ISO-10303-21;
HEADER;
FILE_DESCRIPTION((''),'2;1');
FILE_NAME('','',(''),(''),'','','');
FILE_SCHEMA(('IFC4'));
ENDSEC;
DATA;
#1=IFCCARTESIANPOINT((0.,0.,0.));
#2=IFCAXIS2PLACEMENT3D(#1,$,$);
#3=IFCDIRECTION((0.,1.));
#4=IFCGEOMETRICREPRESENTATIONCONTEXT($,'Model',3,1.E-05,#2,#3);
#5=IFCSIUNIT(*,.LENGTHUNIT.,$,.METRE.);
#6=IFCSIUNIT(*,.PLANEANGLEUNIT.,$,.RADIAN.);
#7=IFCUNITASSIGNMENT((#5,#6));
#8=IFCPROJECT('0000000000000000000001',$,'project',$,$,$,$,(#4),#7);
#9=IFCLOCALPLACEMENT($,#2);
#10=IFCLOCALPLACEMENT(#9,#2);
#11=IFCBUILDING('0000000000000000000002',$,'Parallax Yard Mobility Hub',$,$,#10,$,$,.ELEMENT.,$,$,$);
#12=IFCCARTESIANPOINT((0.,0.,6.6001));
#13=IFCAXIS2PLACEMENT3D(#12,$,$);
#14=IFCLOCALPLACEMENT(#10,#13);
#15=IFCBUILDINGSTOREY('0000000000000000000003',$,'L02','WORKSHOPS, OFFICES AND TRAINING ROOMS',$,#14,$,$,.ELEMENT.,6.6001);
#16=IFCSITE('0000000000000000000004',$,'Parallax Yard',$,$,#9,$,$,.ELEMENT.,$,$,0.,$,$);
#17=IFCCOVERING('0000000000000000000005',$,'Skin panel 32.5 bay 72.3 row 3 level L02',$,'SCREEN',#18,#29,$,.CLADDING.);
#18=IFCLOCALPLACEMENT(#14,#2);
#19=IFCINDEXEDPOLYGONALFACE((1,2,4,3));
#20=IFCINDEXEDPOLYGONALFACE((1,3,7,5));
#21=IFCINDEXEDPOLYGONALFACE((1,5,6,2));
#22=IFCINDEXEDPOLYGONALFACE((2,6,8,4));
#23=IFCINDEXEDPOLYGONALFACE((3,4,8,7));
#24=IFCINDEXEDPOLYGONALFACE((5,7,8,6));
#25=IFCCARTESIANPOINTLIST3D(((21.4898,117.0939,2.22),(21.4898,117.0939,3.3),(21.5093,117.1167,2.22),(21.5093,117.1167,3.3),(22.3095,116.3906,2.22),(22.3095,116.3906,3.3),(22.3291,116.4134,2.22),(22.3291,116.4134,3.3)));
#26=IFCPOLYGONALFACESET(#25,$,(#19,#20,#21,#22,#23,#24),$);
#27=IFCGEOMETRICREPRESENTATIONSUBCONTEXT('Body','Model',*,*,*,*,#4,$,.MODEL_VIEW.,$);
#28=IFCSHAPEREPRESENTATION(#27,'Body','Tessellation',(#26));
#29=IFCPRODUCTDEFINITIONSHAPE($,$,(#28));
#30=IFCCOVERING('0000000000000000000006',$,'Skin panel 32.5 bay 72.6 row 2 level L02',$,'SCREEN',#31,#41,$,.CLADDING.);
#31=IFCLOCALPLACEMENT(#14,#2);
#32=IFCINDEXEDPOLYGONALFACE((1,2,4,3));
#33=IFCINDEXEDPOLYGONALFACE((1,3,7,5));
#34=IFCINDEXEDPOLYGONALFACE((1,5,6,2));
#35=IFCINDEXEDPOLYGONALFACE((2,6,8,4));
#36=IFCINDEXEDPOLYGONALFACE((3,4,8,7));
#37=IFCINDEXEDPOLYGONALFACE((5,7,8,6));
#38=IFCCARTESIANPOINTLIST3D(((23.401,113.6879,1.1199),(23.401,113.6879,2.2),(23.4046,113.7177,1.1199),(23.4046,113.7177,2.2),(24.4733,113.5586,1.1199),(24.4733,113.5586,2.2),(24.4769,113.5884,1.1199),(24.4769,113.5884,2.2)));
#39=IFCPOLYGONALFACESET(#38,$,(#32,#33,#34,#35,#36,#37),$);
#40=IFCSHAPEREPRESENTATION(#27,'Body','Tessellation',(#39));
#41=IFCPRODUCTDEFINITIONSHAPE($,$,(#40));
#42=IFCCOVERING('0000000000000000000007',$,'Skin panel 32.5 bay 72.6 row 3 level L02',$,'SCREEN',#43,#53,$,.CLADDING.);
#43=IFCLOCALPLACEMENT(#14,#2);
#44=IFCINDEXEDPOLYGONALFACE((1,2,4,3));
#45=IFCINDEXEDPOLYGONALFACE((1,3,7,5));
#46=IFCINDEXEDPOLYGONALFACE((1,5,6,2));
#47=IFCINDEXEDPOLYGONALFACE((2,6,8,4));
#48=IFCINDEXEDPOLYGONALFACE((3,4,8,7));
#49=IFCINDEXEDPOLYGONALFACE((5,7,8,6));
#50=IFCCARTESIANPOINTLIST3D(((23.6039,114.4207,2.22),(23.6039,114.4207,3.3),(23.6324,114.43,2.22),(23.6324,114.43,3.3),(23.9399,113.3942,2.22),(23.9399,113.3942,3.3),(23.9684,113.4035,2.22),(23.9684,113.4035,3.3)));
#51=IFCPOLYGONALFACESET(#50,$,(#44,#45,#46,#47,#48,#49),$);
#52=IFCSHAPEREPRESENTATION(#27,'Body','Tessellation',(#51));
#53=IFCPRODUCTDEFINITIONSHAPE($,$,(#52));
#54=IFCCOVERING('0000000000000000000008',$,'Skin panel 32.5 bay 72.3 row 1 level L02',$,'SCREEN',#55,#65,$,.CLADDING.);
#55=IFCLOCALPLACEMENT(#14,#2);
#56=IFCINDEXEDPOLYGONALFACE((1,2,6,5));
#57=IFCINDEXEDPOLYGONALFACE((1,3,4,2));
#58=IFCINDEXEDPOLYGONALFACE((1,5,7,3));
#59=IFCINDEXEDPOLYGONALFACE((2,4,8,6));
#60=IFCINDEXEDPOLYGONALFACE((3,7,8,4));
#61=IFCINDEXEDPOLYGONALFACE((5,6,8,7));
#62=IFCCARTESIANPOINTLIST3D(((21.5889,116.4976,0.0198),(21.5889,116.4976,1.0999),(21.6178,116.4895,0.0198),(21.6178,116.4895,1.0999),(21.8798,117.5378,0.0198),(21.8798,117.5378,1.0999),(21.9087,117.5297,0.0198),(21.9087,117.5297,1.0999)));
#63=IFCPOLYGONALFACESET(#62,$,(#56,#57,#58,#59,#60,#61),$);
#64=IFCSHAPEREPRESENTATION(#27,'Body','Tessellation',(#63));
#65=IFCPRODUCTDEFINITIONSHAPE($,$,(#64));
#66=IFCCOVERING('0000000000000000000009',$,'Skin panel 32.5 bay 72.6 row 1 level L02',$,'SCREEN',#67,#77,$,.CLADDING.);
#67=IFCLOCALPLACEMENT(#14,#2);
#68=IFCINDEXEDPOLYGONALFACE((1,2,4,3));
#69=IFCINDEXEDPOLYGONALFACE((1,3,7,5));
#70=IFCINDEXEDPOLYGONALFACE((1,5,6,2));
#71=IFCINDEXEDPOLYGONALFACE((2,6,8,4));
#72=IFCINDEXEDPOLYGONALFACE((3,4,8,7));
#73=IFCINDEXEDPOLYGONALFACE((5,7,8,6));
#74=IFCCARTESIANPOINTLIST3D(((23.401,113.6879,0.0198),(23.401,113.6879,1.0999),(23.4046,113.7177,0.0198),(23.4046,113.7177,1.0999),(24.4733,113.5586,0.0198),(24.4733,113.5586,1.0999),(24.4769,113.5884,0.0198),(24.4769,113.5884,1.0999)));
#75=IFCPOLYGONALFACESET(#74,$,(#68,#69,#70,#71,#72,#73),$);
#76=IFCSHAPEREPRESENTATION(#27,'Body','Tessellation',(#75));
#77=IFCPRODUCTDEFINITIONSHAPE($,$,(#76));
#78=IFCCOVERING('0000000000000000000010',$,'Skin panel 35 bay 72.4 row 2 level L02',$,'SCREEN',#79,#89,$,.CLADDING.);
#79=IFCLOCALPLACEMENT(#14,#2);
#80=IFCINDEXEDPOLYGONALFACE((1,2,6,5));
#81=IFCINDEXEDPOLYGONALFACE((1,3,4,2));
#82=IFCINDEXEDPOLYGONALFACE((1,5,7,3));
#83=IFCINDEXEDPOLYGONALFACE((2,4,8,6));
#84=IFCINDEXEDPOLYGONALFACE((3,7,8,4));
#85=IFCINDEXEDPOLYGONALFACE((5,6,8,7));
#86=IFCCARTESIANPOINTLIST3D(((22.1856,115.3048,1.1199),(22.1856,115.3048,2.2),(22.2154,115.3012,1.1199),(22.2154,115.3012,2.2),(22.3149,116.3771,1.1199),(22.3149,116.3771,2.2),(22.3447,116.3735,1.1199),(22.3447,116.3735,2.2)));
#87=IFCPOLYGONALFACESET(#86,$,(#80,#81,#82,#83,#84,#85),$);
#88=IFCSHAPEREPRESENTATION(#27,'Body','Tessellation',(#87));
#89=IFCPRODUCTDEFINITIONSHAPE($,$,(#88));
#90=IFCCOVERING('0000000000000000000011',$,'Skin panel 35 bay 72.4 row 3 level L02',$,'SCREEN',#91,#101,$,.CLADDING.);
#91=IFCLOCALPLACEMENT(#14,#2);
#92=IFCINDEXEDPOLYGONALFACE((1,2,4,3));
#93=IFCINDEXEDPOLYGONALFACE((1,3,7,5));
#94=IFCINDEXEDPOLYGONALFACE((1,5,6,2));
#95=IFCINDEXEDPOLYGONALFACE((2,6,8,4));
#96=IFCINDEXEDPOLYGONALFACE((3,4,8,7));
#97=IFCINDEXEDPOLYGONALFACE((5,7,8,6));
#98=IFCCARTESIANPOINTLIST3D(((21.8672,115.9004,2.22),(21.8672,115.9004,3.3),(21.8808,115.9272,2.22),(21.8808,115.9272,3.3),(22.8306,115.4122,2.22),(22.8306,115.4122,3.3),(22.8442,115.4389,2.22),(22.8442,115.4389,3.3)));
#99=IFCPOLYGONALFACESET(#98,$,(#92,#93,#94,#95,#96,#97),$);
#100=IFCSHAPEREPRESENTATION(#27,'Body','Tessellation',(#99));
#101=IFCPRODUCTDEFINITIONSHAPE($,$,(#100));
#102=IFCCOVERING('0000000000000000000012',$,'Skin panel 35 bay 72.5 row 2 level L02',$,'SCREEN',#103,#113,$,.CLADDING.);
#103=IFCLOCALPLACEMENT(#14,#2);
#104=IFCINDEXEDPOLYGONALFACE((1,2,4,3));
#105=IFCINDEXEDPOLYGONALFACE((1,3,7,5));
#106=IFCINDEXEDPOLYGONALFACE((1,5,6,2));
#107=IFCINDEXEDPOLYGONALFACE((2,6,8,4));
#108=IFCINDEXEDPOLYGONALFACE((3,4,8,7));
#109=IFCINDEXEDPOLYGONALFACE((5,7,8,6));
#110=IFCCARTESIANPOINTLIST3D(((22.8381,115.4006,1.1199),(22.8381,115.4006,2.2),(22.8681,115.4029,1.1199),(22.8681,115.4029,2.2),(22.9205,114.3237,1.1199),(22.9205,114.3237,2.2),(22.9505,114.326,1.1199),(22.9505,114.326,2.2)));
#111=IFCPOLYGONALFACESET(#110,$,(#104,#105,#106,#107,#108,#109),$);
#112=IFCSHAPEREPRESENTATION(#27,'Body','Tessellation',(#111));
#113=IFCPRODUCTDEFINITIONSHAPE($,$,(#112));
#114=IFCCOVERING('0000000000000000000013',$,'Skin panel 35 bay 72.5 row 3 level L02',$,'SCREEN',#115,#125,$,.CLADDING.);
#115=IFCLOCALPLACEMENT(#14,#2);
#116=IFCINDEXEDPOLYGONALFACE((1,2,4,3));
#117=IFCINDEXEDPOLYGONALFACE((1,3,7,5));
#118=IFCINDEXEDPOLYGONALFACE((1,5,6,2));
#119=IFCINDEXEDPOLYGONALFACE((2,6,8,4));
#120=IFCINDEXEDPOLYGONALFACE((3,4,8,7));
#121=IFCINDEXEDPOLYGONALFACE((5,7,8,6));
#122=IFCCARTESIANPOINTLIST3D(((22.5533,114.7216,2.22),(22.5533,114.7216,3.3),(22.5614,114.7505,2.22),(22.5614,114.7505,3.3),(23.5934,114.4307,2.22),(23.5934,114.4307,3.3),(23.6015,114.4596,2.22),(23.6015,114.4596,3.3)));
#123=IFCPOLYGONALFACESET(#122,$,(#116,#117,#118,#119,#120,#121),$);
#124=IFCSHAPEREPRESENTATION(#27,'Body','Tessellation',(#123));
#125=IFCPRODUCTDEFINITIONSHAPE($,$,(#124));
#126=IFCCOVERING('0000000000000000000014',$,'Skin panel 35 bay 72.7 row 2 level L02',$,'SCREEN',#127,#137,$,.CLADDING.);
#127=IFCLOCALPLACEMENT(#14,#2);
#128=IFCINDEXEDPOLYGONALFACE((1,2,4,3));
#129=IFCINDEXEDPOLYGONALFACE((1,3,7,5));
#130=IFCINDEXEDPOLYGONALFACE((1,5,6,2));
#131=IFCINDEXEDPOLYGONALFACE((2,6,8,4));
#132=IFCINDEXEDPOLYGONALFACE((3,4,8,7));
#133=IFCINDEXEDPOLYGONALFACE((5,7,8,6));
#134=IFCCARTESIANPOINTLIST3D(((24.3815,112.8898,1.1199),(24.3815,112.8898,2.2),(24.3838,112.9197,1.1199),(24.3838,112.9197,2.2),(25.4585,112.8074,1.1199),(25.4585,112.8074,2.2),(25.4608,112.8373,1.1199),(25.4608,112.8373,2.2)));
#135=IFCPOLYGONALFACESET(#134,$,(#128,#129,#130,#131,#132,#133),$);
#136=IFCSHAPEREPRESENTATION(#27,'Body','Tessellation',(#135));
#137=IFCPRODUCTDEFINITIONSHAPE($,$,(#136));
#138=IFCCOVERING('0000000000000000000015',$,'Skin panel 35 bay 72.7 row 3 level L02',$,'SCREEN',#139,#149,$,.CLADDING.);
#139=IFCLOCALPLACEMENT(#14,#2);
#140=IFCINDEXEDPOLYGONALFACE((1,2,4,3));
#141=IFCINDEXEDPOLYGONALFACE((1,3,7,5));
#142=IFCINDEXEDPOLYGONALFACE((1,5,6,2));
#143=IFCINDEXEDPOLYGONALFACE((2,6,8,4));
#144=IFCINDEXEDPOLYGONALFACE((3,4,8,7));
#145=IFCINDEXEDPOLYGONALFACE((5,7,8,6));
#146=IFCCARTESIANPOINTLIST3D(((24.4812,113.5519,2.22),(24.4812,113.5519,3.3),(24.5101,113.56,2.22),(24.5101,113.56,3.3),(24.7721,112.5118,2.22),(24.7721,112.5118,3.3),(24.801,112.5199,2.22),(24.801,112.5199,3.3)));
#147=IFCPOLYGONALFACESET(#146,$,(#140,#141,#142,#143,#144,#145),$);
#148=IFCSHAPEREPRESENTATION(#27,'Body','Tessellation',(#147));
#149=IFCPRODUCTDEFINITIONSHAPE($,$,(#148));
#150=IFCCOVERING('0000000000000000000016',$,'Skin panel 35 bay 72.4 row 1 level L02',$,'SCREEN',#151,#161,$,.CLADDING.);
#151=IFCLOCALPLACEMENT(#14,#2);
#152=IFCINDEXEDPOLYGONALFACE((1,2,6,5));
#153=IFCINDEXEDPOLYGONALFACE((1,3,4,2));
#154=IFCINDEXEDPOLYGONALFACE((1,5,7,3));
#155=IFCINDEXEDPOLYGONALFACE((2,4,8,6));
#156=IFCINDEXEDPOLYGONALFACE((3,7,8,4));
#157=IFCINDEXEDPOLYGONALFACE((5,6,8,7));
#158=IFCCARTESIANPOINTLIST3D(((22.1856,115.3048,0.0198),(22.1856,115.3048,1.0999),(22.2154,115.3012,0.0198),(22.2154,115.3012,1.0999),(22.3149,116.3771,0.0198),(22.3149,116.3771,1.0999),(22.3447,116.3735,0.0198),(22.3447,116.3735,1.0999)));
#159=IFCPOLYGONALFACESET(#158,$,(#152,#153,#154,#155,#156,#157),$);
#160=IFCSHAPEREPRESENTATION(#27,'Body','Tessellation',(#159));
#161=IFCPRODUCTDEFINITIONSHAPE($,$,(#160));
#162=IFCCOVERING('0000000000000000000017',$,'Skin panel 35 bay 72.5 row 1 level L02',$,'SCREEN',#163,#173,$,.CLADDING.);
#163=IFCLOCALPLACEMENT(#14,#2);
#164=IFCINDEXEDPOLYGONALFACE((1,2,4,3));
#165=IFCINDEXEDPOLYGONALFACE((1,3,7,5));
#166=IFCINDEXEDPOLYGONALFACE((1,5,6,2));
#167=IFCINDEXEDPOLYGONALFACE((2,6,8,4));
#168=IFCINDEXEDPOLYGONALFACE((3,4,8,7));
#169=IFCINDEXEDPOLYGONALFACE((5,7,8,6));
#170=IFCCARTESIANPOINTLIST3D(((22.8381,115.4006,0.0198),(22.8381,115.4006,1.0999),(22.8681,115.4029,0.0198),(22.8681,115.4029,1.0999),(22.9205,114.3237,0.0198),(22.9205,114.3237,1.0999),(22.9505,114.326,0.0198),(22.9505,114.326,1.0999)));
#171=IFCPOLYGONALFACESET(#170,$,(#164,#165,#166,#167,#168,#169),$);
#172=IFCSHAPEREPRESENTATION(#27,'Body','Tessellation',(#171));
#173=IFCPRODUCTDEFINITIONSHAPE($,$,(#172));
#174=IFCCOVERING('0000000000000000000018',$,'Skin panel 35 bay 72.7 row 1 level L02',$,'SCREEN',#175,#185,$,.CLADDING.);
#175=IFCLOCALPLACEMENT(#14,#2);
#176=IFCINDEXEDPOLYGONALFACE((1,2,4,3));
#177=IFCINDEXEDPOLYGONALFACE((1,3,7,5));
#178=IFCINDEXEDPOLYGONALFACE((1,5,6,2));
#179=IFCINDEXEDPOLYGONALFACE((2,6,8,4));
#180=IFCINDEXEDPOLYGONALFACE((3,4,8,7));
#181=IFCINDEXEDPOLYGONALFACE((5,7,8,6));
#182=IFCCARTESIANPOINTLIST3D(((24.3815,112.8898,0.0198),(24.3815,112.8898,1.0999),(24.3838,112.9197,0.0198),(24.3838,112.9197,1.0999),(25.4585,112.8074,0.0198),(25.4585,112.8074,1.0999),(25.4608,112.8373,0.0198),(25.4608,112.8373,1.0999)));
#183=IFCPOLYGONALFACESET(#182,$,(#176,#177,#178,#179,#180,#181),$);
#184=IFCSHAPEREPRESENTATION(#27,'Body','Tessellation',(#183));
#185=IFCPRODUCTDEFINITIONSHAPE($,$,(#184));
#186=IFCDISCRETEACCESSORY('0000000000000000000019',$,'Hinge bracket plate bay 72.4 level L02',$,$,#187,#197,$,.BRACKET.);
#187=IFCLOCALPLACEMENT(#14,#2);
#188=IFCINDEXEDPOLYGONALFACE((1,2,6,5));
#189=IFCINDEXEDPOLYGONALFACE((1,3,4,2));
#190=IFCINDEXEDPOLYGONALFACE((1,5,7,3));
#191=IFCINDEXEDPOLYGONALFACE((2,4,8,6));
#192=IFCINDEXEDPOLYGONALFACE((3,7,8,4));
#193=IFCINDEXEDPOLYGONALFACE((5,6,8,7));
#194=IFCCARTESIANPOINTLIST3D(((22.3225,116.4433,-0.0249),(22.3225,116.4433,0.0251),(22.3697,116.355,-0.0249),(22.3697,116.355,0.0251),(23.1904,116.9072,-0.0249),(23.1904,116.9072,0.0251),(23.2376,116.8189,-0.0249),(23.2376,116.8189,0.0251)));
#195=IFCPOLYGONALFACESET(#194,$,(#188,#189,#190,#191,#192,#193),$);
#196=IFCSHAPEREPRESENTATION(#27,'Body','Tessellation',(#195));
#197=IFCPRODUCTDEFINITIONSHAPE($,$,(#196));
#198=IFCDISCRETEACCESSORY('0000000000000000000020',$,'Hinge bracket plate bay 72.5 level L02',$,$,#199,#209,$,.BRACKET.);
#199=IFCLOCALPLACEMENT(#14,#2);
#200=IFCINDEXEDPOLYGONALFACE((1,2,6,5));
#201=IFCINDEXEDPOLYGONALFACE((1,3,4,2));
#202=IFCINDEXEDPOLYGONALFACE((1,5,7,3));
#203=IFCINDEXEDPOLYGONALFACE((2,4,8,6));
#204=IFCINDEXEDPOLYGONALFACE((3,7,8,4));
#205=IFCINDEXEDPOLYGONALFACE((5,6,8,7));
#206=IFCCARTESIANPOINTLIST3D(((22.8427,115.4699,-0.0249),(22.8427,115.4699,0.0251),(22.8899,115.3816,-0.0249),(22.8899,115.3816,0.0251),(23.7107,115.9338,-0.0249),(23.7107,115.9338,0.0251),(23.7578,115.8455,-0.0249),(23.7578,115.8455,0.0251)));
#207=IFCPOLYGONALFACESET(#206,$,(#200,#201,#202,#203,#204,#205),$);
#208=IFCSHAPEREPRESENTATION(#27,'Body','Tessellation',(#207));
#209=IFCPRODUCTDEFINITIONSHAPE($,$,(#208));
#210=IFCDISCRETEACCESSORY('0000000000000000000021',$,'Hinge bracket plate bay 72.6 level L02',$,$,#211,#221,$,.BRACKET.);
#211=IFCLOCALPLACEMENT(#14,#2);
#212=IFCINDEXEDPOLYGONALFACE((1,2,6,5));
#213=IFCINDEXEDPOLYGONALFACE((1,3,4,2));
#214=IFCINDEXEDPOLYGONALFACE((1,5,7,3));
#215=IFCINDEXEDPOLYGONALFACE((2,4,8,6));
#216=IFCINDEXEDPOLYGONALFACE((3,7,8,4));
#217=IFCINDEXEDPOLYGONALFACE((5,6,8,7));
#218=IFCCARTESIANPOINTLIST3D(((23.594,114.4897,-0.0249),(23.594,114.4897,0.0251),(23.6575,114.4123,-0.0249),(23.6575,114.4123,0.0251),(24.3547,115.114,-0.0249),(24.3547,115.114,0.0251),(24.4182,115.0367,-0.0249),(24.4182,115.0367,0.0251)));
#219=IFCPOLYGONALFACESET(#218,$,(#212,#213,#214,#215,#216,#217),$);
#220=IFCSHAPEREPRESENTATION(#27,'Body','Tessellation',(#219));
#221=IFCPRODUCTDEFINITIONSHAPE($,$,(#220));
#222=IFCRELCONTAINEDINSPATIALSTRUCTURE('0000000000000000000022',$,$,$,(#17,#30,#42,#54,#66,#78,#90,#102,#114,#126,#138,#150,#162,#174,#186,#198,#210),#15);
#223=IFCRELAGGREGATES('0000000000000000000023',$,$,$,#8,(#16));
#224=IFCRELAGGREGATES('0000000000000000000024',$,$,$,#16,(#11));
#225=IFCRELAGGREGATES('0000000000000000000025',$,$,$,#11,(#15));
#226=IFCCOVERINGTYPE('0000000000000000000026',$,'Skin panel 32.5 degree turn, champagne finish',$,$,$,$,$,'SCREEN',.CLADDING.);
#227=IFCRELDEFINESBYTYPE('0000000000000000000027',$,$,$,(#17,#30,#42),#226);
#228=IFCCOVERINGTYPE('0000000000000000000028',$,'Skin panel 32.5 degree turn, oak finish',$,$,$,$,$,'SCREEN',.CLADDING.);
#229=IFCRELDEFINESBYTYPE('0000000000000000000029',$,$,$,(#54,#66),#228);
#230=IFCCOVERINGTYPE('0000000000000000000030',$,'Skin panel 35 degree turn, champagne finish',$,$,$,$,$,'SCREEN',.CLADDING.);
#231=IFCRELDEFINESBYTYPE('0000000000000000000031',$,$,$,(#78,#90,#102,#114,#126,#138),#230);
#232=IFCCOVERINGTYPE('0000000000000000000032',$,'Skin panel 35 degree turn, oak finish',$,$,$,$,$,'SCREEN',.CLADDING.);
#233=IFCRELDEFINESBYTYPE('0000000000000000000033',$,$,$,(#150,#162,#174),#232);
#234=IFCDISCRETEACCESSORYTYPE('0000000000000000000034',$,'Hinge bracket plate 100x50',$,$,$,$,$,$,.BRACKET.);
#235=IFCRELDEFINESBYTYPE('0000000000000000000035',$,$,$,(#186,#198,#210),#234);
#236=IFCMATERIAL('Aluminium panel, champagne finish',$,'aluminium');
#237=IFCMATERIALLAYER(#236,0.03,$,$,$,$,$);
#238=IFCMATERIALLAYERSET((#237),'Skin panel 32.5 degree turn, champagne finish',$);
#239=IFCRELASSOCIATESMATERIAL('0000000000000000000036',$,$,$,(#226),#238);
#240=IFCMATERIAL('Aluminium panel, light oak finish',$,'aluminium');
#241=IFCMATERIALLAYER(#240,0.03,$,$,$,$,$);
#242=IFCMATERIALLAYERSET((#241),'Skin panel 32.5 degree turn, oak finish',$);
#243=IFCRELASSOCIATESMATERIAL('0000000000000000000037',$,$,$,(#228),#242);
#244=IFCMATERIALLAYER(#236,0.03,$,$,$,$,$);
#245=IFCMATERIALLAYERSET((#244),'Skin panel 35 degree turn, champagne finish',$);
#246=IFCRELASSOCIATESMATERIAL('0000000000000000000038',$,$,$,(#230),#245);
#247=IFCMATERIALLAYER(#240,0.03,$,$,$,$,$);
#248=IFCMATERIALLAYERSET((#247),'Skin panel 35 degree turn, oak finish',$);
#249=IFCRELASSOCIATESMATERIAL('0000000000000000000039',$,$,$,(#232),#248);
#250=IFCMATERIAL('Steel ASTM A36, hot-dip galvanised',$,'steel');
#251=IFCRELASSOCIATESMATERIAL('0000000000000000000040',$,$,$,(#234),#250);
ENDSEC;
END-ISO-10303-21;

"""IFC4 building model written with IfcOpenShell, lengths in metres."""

from ifc_helpers import new_model, si_unit, direction, frame, origin, origin_2d, place, context, subcontext, project, spatial, rectangle, extrude, material, layer, layer_set, type_object, element, save


model = new_model("IFC4")

# Units and contexts
model_context = context("Model", 3, precision=1e-05, world=origin(), true_north=direction((0.0, 1.0)))
body_context = subcontext(model_context, "Body", "Model", "MODEL_VIEW")
ifc_project = project(units=[si_unit("LENGTHUNIT", "METRE"), si_unit("PLANEANGLEUNIT", "RADIAN")], contexts=[model_context])

# Site, building, storey
site_placement = place(None, origin())
site = spatial("IfcSite", under=ifc_project, at=site_placement, Name="Parallax Yard", CompositionType="ELEMENT", RefElevation=0.0)
building_placement = place(site_placement, origin())
building = spatial("IfcBuilding", under=site, at=building_placement, Name="Parallax Yard Mobility Hub", CompositionType="ELEMENT")
storey_placement = place(building_placement, frame((0.0, 0.0, 6.6001)))
storey = spatial("IfcBuildingStorey", under=building, at=storey_placement, Name="L02", Description="WORKSHOPS, OFFICES AND TRAINING ROOMS", CompositionType="ELEMENT", Elevation=6.6001)

# Coverings
ifc_material_1 = material(Name="Aluminium panel, champagne finish", Category="aluminium")
ifc_layer_1 = layer(ifc_material_1, 0.03)
ifc_layer_set_1 = layer_set([ifc_layer_1], Name="Skin panel 32.5 degree turn, champagne finish")
covering_type_1 = type_object("IfcCoveringType", Name="Skin panel 32.5 degree turn, champagne finish", ElementType="SCREEN", PredefinedType="CLADDING", material=ifc_layer_set_1)
for number, where, z_axis, x_axis, name in (
    (1, (21.9094, 116.7537, 2.22), (0.0, 0.0, 1.0), (-0.758987, 0.651105, 0.0), "Skin panel 32.5 bay 72.3 row 3 level L02"),
    (2, (23.939, 113.6382, 1.1199), (0.0, 0.0, 1.0), (-0.99281, 0.119704, 0.0), "Skin panel 32.5 bay 72.6 row 2 level L02"),
    (3, (23.7861, 113.9121, 2.22), (0.0, 0.0, 1.0), (0.311091, -0.95038, 0.0), "Skin panel 32.5 bay 72.6 row 3 level L02"),
):
    element("IfcCovering", number, at=place(storey_placement, frame(where, z_axis=z_axis, x_axis=x_axis)), inside=storey, type_object=covering_type_1, Name=name, ObjectType="SCREEN", PredefinedType="CLADDING", context=body_context, shape_type="SweptSolid", body=[
        extrude(rectangle(XDim=1.0801, YDim=0.03, at=origin_2d()), origin(), (0.0, 0.0, 1.0), 1.0801),
    ])
ifc_material_2 = material(Name="Aluminium panel, light oak finish", Category="aluminium")
ifc_layer_2 = layer(ifc_material_2, 0.03)
ifc_layer_set_2 = layer_set([ifc_layer_2], Name="Skin panel 32.5 degree turn, oak finish")
covering_type_2 = type_object("IfcCoveringType", Name="Skin panel 32.5 degree turn, oak finish", ElementType="SCREEN", PredefinedType="CLADDING", material=ifc_layer_set_2)
for number, where, z_axis, x_axis, name in (
    (4, (21.7488, 117.0137, 0.0198), (0.0, 0.0, 1.0), (-0.26934, -0.963045, 0.0), "Skin panel 32.5 bay 72.3 row 1 level L02"),
    (5, (23.939, 113.6382, 0.0198), (0.0, 0.0, 1.0), (-0.99281, 0.119704, 0.0), "Skin panel 32.5 bay 72.6 row 1 level L02"),
):
    element("IfcCovering", number, at=place(storey_placement, frame(where, z_axis=z_axis, x_axis=x_axis)), inside=storey, type_object=covering_type_2, Name=name, ObjectType="SCREEN", PredefinedType="CLADDING", context=body_context, shape_type="SweptSolid", body=[
        extrude(rectangle(XDim=1.0801, YDim=0.03, at=origin_2d()), origin(), (0.0, 0.0, 1.0), 1.0801),
    ])
ifc_layer_3 = layer(ifc_material_1, 0.03)
ifc_layer_set_3 = layer_set([ifc_layer_3], Name="Skin panel 35 degree turn, champagne finish")
covering_type_3 = type_object("IfcCoveringType", Name="Skin panel 35 degree turn, champagne finish", ElementType="SCREEN", PredefinedType="CLADDING", material=ifc_layer_set_3)
for number, where, z_axis, x_axis, name in (
    (6, (22.2651, 115.8391, 1.1199), (0.0, 0.0, 1.0), (-0.119704, -0.99281, 0.0), "Skin panel 35 bay 72.4 row 2 level L02"),
    (7, (22.3557, 115.6697, 2.22), (0.0, 0.0, 1.0), (-0.891995, 0.452046, 0.0), "Skin panel 35 bay 72.4 row 3 level L02"),
    (8, (22.8943, 114.8633, 1.1199), (0.0, 0.0, 1.0), (0.076284, -0.997086, 0.0), "Skin panel 35 bay 72.5 row 2 level L02"),
    (9, (23.0774, 114.5906, 2.22), (0.0, 0.0, 1.0), (-0.963045, 0.26934, 0.0), "Skin panel 35 bay 72.5 row 3 level L02"),
    (10, (24.9211, 112.8635, 1.1199), (0.0, 0.0, 1.0), (-0.997086, 0.076284, 0.0), "Skin panel 35 bay 72.7 row 2 level L02"),
    (11, (24.6411, 113.0359, 2.22), (0.0, 0.0, 1.0), (0.26934, -0.963045, 0.0), "Skin panel 35 bay 72.7 row 3 level L02"),
):
    element("IfcCovering", number, at=place(storey_placement, frame(where, z_axis=z_axis, x_axis=x_axis)), inside=storey, type_object=covering_type_3, Name=name, ObjectType="SCREEN", PredefinedType="CLADDING", context=body_context, shape_type="SweptSolid", body=[
        extrude(rectangle(XDim=1.0801, YDim=0.03, at=origin_2d()), origin(), (0.0, 0.0, 1.0), 1.0801),
    ])
ifc_layer_4 = layer(ifc_material_2, 0.03)
ifc_layer_set_4 = layer_set([ifc_layer_4], Name="Skin panel 35 degree turn, oak finish")
covering_type_4 = type_object("IfcCoveringType", Name="Skin panel 35 degree turn, oak finish", ElementType="SCREEN", PredefinedType="CLADDING", material=ifc_layer_set_4)
for number, where, z_axis, x_axis, name in (
    (12, (22.2651, 115.8391, 0.0198), (0.0, 0.0, 1.0), (-0.119704, -0.99281, 0.0), "Skin panel 35 bay 72.4 row 1 level L02"),
    (13, (22.8943, 114.8633, 0.0198), (0.0, 0.0, 1.0), (0.076284, -0.997086, 0.0), "Skin panel 35 bay 72.5 row 1 level L02"),
    (14, (24.9211, 112.8635, 0.0198), (0.0, 0.0, 1.0), (-0.997086, 0.076284, 0.0), "Skin panel 35 bay 72.7 row 1 level L02"),
):
    element("IfcCovering", number, at=place(storey_placement, frame(where, z_axis=z_axis, x_axis=x_axis)), inside=storey, type_object=covering_type_4, Name=name, ObjectType="SCREEN", PredefinedType="CLADDING", context=body_context, shape_type="SweptSolid", body=[
        extrude(rectangle(XDim=1.0801, YDim=0.03, at=origin_2d()), origin(), (0.0, 0.0, 1.0), 1.0801),
    ])

# Discrete accessories
ifc_material_3 = material(Name="Steel ASTM A36, hot-dip galvanised", Category="steel")
discrete_accessory_type_1 = type_object("IfcDiscreteAccessoryType", Name="Hinge bracket plate 100x50", PredefinedType="BRACKET", material=ifc_material_3)
for number, where, z_axis, x_axis, name in (
    (15, (22.78, 116.6311, -0.0249), (0.0, 0.0, 1.0), (-0.881921, -0.471397, 0.0), "Hinge bracket plate bay 72.4 level L02"),
    (16, (23.3003, 115.6577, -0.0249), (0.0, 0.0, 1.0), (-0.881921, -0.471397, 0.0), "Hinge bracket plate bay 72.5 level L02"),
    (17, (24.0061, 114.7632, -0.0249), (0.0, 0.0, 1.0), (-0.77301, -0.634393, 0.0), "Hinge bracket plate bay 72.6 level L02"),
):
    element("IfcDiscreteAccessory", number, at=place(storey_placement, frame(where, z_axis=z_axis, x_axis=x_axis)), inside=storey, type_object=discrete_accessory_type_1, Name=name, PredefinedType="BRACKET", context=body_context, shape_type="SweptSolid", body=[
        extrude(rectangle(XDim=0.9841, YDim=0.1001, at=origin_2d()), origin(), (0.0, 0.0, 1.0), 0.05),
    ])

save(model, "model.ifc")
